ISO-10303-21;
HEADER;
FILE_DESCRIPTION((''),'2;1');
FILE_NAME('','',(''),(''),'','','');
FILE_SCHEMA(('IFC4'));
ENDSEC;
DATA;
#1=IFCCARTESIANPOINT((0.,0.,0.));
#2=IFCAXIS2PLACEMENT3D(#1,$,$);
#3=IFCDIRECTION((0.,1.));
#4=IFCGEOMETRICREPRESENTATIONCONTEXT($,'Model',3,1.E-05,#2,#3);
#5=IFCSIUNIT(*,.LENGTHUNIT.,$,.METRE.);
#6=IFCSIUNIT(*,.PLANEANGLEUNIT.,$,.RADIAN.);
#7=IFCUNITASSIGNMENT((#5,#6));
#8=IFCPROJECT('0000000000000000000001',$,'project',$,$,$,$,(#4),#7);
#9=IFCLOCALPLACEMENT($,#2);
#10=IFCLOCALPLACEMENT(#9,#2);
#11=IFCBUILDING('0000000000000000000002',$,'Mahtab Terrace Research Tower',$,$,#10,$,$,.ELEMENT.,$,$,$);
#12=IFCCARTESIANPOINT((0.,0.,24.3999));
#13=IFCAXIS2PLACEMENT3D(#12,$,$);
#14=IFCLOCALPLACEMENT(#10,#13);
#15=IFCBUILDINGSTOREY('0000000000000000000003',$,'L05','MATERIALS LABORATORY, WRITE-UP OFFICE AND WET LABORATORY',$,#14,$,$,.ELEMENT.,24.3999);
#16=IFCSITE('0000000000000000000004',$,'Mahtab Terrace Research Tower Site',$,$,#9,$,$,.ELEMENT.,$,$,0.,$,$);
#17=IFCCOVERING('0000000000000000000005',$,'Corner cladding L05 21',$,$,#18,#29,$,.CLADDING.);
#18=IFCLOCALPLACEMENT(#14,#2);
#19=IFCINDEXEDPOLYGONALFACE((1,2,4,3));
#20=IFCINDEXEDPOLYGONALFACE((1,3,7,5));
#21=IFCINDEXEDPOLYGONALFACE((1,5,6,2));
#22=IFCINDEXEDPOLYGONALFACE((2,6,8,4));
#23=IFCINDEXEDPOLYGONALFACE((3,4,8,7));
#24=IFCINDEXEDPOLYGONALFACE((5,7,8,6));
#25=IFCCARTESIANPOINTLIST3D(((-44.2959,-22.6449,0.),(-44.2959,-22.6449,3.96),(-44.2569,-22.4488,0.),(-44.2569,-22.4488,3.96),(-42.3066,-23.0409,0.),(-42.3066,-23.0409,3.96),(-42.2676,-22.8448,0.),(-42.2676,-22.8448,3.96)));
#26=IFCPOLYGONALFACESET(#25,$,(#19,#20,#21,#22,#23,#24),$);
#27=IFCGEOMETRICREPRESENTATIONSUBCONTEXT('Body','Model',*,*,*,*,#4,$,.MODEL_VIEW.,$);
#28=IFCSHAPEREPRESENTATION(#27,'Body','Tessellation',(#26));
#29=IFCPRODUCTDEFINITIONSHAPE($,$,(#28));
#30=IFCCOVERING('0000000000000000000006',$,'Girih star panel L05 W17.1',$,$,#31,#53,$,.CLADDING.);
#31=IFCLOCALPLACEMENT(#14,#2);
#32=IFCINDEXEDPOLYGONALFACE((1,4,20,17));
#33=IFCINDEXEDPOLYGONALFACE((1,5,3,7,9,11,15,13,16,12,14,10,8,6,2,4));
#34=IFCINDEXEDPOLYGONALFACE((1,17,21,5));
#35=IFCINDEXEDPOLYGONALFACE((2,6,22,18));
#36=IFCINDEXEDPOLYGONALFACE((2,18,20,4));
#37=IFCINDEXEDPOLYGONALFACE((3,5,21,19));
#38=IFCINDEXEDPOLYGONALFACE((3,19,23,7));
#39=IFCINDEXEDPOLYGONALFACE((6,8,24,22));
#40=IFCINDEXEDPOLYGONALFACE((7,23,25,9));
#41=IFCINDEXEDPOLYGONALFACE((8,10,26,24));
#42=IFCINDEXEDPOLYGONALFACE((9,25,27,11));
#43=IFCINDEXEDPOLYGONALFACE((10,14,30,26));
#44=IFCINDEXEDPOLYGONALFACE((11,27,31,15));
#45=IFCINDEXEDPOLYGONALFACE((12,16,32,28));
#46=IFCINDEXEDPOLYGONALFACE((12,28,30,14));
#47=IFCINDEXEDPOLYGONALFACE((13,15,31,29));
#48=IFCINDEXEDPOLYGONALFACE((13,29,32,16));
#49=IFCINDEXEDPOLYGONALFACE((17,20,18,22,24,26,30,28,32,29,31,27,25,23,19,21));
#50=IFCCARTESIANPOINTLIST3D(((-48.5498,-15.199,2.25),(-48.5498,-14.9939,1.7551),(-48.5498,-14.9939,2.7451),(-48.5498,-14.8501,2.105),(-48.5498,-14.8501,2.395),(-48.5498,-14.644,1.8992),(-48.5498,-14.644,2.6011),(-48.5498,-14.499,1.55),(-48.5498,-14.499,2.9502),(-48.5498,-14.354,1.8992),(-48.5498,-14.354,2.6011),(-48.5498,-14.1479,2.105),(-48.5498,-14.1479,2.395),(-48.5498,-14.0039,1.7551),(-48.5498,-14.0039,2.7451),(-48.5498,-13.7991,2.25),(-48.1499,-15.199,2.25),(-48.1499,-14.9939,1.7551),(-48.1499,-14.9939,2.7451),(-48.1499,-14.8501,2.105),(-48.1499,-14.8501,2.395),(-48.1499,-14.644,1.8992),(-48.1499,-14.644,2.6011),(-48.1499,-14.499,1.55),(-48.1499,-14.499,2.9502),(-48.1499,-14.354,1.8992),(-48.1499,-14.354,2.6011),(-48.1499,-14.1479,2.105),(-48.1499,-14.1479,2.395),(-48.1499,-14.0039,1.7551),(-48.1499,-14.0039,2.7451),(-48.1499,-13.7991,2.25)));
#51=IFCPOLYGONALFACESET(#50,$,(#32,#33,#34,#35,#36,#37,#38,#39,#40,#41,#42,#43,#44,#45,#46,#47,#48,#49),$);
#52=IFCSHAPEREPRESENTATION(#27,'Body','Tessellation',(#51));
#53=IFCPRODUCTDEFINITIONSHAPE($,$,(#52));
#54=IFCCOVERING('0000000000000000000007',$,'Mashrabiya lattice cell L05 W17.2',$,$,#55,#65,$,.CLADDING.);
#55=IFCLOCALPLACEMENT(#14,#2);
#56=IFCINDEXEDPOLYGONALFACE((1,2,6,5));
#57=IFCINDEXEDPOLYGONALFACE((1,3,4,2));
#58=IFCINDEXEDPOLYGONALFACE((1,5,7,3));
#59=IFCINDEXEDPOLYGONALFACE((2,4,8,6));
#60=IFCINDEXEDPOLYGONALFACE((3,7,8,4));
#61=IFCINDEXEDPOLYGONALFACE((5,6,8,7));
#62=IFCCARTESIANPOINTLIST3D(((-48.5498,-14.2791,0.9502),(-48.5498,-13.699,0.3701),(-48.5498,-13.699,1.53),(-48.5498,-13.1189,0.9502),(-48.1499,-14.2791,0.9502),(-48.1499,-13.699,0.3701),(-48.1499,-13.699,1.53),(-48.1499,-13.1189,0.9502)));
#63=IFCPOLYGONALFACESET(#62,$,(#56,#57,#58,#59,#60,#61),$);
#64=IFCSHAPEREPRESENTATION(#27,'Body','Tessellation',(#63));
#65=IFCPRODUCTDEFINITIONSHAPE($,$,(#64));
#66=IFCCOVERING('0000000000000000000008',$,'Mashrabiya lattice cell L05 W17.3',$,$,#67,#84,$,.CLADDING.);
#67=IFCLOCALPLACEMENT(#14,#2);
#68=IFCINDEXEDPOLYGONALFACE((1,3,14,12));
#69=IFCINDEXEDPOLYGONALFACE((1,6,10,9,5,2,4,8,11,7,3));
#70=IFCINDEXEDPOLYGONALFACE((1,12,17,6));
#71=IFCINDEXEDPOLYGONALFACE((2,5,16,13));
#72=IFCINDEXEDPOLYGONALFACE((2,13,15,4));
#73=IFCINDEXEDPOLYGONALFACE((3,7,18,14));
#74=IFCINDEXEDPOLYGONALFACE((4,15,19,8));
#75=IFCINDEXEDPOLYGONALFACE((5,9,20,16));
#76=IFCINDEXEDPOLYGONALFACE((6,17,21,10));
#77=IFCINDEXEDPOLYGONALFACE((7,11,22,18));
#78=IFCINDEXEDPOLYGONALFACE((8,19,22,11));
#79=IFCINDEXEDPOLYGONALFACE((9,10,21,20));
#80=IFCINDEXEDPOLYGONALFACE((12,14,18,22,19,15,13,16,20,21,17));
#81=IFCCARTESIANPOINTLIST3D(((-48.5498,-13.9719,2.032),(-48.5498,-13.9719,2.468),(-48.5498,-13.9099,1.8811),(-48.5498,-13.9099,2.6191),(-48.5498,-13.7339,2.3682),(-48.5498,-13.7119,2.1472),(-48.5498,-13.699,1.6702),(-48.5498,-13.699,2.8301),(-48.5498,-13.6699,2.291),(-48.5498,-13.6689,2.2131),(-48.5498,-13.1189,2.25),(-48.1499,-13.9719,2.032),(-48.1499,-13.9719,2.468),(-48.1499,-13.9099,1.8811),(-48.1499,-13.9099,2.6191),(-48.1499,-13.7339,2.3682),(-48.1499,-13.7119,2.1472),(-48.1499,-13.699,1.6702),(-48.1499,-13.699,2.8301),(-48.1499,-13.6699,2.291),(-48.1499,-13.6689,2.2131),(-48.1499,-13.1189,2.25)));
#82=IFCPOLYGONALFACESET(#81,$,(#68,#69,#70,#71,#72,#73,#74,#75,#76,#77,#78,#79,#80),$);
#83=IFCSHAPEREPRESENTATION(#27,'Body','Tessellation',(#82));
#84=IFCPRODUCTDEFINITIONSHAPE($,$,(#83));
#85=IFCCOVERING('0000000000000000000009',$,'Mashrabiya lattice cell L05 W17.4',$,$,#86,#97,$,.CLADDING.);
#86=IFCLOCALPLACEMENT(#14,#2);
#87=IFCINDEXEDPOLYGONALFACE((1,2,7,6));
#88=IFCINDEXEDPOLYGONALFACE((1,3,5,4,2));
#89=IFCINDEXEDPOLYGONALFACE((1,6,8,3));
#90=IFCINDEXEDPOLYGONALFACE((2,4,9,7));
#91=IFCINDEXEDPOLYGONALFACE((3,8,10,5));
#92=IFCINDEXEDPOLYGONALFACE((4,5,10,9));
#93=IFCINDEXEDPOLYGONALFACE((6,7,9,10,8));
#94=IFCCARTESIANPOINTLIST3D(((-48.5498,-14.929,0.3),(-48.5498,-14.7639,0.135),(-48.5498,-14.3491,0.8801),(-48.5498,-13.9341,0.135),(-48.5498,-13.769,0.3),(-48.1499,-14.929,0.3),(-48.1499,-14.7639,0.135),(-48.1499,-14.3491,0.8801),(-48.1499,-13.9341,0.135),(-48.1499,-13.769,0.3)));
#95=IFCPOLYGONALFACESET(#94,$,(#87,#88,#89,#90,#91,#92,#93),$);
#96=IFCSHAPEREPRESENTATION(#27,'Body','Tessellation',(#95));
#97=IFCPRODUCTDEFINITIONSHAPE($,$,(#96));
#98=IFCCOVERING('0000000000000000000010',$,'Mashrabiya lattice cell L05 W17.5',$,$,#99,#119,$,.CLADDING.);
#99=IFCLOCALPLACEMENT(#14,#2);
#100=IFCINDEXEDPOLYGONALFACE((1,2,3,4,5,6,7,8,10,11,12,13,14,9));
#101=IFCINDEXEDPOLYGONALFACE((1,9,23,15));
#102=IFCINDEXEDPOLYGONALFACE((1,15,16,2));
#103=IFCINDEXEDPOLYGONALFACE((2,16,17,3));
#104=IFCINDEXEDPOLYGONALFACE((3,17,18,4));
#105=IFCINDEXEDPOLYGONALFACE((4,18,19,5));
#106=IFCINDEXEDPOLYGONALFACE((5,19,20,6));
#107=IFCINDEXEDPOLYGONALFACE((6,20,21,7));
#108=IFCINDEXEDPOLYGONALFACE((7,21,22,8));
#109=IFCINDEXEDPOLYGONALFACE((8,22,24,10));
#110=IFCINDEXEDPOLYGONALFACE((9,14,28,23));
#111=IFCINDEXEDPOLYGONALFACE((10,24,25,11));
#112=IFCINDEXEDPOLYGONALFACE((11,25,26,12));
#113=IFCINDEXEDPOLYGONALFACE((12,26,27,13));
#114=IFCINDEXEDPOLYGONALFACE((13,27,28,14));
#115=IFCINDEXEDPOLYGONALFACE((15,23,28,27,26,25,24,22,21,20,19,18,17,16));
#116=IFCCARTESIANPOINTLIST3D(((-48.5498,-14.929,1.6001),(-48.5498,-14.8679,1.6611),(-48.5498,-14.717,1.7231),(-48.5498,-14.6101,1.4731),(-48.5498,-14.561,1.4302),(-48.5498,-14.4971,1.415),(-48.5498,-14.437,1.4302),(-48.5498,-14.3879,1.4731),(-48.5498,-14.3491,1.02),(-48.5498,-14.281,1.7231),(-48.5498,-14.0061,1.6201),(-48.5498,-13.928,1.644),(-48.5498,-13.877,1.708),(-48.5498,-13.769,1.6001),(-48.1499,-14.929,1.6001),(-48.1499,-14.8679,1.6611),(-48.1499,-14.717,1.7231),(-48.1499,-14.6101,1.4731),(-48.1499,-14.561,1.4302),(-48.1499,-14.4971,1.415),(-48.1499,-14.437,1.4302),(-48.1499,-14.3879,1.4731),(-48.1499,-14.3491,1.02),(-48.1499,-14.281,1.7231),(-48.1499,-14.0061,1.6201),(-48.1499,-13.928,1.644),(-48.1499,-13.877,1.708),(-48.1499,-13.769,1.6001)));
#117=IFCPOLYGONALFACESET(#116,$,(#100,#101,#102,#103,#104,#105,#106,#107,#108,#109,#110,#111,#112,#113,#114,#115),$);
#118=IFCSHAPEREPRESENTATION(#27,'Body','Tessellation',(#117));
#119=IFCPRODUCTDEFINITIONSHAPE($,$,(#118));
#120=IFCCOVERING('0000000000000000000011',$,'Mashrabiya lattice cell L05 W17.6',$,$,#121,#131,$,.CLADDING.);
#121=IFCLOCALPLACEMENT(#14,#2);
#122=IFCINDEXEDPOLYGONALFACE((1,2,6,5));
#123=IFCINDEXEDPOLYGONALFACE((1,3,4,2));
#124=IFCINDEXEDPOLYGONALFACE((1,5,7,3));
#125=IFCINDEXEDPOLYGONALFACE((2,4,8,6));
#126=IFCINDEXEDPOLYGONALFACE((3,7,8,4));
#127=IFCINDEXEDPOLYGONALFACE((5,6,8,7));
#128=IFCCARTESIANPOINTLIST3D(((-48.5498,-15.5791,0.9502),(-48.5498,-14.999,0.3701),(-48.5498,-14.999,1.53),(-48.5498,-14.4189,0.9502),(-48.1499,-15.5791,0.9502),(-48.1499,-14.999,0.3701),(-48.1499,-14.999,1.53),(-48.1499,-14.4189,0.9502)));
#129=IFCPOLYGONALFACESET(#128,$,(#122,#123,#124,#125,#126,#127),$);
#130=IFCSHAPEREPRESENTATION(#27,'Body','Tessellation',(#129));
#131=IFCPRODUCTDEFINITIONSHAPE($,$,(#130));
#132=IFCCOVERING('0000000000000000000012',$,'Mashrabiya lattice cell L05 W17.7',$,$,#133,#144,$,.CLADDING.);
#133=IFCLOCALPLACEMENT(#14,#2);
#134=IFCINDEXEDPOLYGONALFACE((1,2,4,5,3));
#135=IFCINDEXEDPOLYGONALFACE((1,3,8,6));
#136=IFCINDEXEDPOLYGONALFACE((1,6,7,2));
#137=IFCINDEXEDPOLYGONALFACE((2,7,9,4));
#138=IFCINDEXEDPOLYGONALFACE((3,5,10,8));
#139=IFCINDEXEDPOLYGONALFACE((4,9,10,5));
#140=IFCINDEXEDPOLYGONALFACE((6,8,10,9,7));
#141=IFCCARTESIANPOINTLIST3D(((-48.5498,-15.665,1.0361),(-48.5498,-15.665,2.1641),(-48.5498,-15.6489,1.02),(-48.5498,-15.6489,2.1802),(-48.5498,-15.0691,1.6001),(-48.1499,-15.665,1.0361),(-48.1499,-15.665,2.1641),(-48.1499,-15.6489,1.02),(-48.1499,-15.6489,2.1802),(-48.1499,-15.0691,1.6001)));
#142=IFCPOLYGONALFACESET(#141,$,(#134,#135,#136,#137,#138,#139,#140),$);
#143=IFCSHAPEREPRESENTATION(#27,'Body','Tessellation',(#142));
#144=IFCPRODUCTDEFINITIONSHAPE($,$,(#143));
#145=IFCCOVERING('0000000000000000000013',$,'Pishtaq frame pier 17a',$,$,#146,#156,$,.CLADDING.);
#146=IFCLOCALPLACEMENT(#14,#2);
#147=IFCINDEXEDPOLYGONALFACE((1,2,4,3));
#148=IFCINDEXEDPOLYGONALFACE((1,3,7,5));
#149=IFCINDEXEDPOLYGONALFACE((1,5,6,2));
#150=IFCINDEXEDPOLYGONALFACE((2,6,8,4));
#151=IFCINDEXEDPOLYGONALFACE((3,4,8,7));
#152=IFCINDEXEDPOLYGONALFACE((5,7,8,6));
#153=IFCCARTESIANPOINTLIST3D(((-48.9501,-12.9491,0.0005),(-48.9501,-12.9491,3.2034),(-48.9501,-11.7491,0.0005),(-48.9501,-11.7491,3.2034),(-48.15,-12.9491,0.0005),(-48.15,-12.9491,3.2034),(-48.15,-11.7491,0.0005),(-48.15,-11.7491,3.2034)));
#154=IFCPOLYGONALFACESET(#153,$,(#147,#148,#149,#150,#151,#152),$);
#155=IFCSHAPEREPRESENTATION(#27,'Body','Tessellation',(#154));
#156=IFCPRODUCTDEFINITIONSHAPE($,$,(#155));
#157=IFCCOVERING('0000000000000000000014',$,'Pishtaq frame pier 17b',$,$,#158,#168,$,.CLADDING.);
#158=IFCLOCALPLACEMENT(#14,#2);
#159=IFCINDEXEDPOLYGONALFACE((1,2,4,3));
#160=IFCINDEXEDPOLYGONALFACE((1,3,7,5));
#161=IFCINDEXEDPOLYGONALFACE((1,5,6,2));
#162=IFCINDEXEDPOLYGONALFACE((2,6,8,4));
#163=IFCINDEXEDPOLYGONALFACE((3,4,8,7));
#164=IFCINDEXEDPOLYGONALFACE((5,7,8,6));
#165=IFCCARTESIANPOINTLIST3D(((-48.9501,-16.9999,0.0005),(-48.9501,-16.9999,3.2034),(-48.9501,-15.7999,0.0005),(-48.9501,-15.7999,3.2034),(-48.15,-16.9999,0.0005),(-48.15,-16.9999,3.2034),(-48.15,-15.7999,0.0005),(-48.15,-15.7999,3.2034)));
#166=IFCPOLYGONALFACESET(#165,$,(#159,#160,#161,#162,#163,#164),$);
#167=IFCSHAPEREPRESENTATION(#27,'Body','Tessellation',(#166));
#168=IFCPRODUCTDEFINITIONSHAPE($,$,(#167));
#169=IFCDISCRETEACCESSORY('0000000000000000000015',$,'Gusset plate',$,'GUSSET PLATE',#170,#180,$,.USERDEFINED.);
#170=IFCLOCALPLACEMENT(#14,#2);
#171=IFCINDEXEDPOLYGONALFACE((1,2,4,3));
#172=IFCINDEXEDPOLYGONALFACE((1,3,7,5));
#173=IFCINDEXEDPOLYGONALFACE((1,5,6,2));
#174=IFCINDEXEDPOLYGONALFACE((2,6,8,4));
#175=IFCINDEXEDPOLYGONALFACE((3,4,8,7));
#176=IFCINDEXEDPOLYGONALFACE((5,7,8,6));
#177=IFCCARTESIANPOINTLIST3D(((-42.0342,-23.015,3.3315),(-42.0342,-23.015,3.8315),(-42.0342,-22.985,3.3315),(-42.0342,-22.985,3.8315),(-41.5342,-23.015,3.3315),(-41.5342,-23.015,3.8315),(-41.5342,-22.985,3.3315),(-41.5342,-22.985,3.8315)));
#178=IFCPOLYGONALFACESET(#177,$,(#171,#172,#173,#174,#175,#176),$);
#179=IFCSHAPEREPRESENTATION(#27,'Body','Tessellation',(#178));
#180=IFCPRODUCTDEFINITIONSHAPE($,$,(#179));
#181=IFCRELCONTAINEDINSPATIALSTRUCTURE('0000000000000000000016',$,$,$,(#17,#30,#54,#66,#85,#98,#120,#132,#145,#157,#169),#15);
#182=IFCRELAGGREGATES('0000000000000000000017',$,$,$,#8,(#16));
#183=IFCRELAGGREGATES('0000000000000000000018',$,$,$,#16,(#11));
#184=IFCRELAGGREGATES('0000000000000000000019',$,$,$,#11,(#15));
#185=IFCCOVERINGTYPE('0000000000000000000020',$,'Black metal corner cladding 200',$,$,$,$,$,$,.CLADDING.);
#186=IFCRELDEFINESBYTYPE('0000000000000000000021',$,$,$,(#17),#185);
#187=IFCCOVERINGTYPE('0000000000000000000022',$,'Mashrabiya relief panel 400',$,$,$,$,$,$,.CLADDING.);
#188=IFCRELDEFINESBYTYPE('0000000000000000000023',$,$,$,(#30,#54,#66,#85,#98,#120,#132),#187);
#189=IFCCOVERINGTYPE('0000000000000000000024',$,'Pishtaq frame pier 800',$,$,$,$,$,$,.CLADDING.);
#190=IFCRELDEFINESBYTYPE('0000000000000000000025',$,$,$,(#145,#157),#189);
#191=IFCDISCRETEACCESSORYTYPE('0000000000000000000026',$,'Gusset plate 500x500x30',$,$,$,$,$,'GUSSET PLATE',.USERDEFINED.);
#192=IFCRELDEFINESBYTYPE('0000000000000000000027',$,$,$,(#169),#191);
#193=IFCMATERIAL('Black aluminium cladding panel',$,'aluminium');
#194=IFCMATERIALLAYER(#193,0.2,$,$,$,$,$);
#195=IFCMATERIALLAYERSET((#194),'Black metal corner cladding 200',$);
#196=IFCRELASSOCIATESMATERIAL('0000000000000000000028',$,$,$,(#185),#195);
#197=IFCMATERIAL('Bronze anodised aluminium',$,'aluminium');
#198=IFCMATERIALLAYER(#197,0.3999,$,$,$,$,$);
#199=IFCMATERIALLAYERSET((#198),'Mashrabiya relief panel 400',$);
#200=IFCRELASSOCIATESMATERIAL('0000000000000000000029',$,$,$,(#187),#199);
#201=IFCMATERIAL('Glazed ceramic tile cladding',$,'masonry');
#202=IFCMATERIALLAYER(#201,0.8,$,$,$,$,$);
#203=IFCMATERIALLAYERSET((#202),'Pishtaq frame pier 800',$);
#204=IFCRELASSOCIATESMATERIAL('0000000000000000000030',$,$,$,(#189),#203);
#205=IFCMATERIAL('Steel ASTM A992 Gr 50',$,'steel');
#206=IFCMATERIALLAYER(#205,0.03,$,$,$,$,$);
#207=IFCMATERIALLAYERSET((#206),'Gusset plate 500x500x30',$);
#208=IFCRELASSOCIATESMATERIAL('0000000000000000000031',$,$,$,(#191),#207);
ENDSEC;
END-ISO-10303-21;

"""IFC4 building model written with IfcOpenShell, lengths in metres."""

from ifc_helpers import new_model, si_unit, direction, frame, origin, origin_2d, place, context, subcontext, project, spatial, polyline, rectangle, outline, extrude, material, layer, layer_set, type_object, element, save


model = new_model("IFC4")

# Units and contexts
model_context = context("Model", 3, precision=1e-05, world=origin(), true_north=direction((0.0, 1.0)))
body_context = subcontext(model_context, "Body", "Model", "MODEL_VIEW")
ifc_project = project(units=[si_unit("LENGTHUNIT", "METRE"), si_unit("PLANEANGLEUNIT", "RADIAN")], contexts=[model_context])

# Site, building, storey
site_placement = place(None, origin())
site = spatial("IfcSite", under=ifc_project, at=site_placement, Name="Mahtab Terrace Research Tower Site", CompositionType="ELEMENT", RefElevation=0.0)
building_placement = place(site_placement, origin())
building = spatial("IfcBuilding", under=site, at=building_placement, Name="Mahtab Terrace Research Tower", CompositionType="ELEMENT")
storey_placement = place(building_placement, frame((0.0, 0.0, 24.3999)))
storey = spatial("IfcBuildingStorey", under=building, at=storey_placement, Name="L05", Description="MATERIALS LABORATORY, WRITE-UP OFFICE AND WET LABORATORY", CompositionType="ELEMENT", Elevation=24.3999)

# Shared definitions
ifc_material_1 = material(Name="Steel ASTM A992 Gr 50", Category="steel")

# Shared definitions
ifc_material_2 = material(Name="Black aluminium cladding panel", Category="aluminium")

# Coverings
ifc_layer_1 = layer(ifc_material_2, 0.2)
ifc_layer_set_1 = layer_set([ifc_layer_1], Name="Black metal corner cladding 200")
covering_type_1 = type_object("IfcCoveringType", Name="Black metal corner cladding 200", PredefinedType="CLADDING", material=ifc_layer_set_1)
covering_1_placement = place(storey_placement, frame((-43.2817, -22.7449, 0.0), z_axis=(0.0, 0.0, 1.0), x_axis=(0.980761, -0.195212, 0.0)))
element("IfcCovering", 1, at=covering_1_placement, inside=storey, type_object=covering_type_1, Name="Corner cladding L05 21", PredefinedType="CLADDING", context=body_context, shape_type="SweptSolid", body=[
    extrude(rectangle(XDim=2.0283, YDim=0.2, at=origin_2d()), origin(), (0.0, 0.0, 1.0), 3.96),
])
ifc_material_3 = material(Name="Bronze anodised aluminium", Category="aluminium")
ifc_layer_2 = layer(ifc_material_3, 0.3999)
ifc_layer_set_2 = layer_set([ifc_layer_2], Name="Mashrabiya relief panel 400")
covering_type_2 = type_object("IfcCoveringType", Name="Mashrabiya relief panel 400", PredefinedType="CLADDING", material=ifc_layer_set_2)
covering_2_placement = place(storey_placement, frame((-48.1499, -14.644, 2.6011), z_axis=(1.0, 0.0, 0.0), x_axis=(0.0, -0.924691, 0.380717)))
element("IfcCovering", 2, at=covering_2_placement, inside=storey, type_object=covering_type_2, Name="Girih star panel L05 W17.1", PredefinedType="CLADDING", context=body_context, shape_type="SweptSolid", body=[
    extrude(outline(polyline([(0.0, 0.0), (0.3783, 0.0), (0.1121, 0.269), (0.3795, 0.5359), (0.0017, 0.5372), (0.0014, 0.9154), (-0.2672, 0.649), (-0.5342, 0.9167), (-0.5354, 0.5386), (-0.914, 0.5385), (-0.6476, 0.2699), (-0.915, 0.0029), (-0.5372, 0.0017), (-0.5371, -0.3769), (-0.2682, -0.1104), (-0.0012, -0.378), (0.0, 0.0)])), origin(), (0.0, 0.0, -1.0), 0.3999),
])
covering_3_placement = place(storey_placement, frame((-48.1499, -13.699, 1.53), z_axis=(1.0, 0.0, 0.0), x_axis=(0.0, -0.707256, -0.706958)))
element("IfcCovering", 3, at=covering_3_placement, inside=storey, type_object=covering_type_2, Name="Mashrabiya lattice cell L05 W17.2", PredefinedType="CLADDING", context=body_context, shape_type="SweptSolid", body=[
    extrude(outline(polyline([(0.0, 0.0), (0.8202, 0.0), (0.82, 0.8204), (-0.0003, 0.8202), (0.0, 0.0)])), origin(), (0.0, 0.0, -1.0), 0.3999),
])
covering_4_placement = place(storey_placement, frame((-48.1499, -13.699, 1.6702), z_axis=(1.0, 0.0, 0.0), x_axis=(0.0, 0.707256, 0.706958)))
element("IfcCovering", 4, at=covering_4_placement, inside=storey, type_object=covering_type_2, Name="Mashrabiya lattice cell L05 W17.3", PredefinedType="CLADDING", context=body_context, shape_type="SweptSolid", body=[
    extrude(outline(polyline([(0.0, 0.0), (0.8202, 0.0), (0.82, 0.8204), (0.5217, 0.8203), (0.371, 0.7572), (0.4688, 0.5183), (0.4595, 0.4186), (0.4051, 0.3628), (0.3281, 0.3465), (0.0627, 0.4489), (-0.0001, 0.2983), (0.0, 0.0)])), origin(), (0.0, 0.0, -1.0), 0.3999),
])
covering_5_placement = place(storey_placement, frame((-48.1499, -13.769, 0.3), z_axis=(1.0, 0.0, 0.0), x_axis=(0.0, -0.707107, 0.707107)))
element("IfcCovering", 5, at=covering_5_placement, inside=storey, type_object=covering_type_2, Name="Mashrabiya lattice cell L05 W17.4", PredefinedType="CLADDING", context=body_context, shape_type="SweptSolid", body=[
    extrude(outline(polyline([(0.0, 0.0), (0.8204, 0.0), (0.8202, 0.8202), (0.5868, 0.8202), (0.0, 0.2334), (0.0, 0.0)])), origin(), (0.0, 0.0, -1.0), 0.3999),
])
covering_6_placement = place(storey_placement, frame((-48.1499, -14.929, 1.6001), z_axis=(1.0, 0.0, 0.0), x_axis=(0.0, 0.706958, -0.707256)))
element("IfcCovering", 6, at=covering_6_placement, inside=storey, type_object=covering_type_2, Name="Mashrabiya lattice cell L05 W17.5", PredefinedType="CLADDING", context=body_context, shape_type="SweptSolid", body=[
    extrude(outline(polyline([(0.0, 0.0), (0.8202, 0.0), (0.82, 0.8204), (0.6674, 0.8203), (0.6766, 0.739), (0.6383, 0.6668), (0.371, 0.5453), (0.4723, 0.2929), (0.468, 0.2278), (0.4362, 0.1746), (0.3803, 0.1401), (0.3152, 0.1358), (0.0628, 0.2369), (0.0, 0.0863), (0.0, 0.0)])), origin(), (0.0, 0.0, -1.0), 0.3999),
])
covering_7_placement = place(storey_placement, frame((-48.1499, -14.999, 1.53), z_axis=(1.0, 0.0, 0.0), x_axis=(0.0, -0.707256, -0.706958)))
element("IfcCovering", 7, at=covering_7_placement, inside=storey, type_object=covering_type_2, Name="Mashrabiya lattice cell L05 W17.6", PredefinedType="CLADDING", context=body_context, shape_type="SweptSolid", body=[
    extrude(outline(polyline([(0.0, 0.0), (0.8202, 0.0), (0.82, 0.8204), (-0.0003, 0.8202), (0.0, 0.0)])), origin(), (0.0, 0.0, -1.0), 0.3999),
])
covering_8_placement = place(storey_placement, frame((-48.1499, -15.6489, 1.02), z_axis=(1.0, 0.0, 0.0), x_axis=(0.0, 0.706958, 0.707256)))
element("IfcCovering", 8, at=covering_8_placement, inside=storey, type_object=covering_type_2, Name="Mashrabiya lattice cell L05 W17.7", PredefinedType="CLADDING", context=body_context, shape_type="SweptSolid", body=[
    extrude(outline(polyline([(0.0, 0.0), (0.8202, 0.0), (0.8205, 0.8202), (0.7977, 0.8202), (0.0, 0.0228), (0.0, 0.0)])), origin(), (0.0, 0.0, -1.0), 0.3999),
])
ifc_material_4 = material(Name="Glazed ceramic tile cladding", Category="masonry")
ifc_layer_3 = layer(ifc_material_4, 0.8)
ifc_layer_set_3 = layer_set([ifc_layer_3], Name="Pishtaq frame pier 800")
covering_type_3 = type_object("IfcCoveringType", Name="Pishtaq frame pier 800", PredefinedType="CLADDING", material=ifc_layer_set_3)
for number, where, z_axis, x_axis, name in (
    (9, (-48.55, -12.3491, 0.0005), (0.0, 0.0, 1.0), (0.0, -1.0, 0.0), "Pishtaq frame pier 17a"),
    (10, (-48.55, -16.3999, 0.0005), (0.0, 0.0, 1.0), (0.0, -1.0, 0.0), "Pishtaq frame pier 17b"),
):
    element("IfcCovering", number, at=place(storey_placement, frame(where, z_axis=z_axis, x_axis=x_axis)), inside=storey, type_object=covering_type_3, Name=name, PredefinedType="CLADDING", context=body_context, shape_type="SweptSolid", body=[
        extrude(rectangle(XDim=1.2, YDim=0.8, at=origin_2d()), origin(), (0.0, 0.0, 1.0), 3.2029),
    ])

# Discrete accessory
ifc_layer_4 = layer(ifc_material_1, 0.03)
ifc_layer_set_4 = layer_set([ifc_layer_4], Name="Gusset plate 500x500x30")
discrete_accessory_type = type_object("IfcDiscreteAccessoryType", Name="Gusset plate 500x500x30", ElementType="GUSSET PLATE", PredefinedType="USERDEFINED", material=ifc_layer_set_4)
for number, where, z_axis, x_axis, name in (
    (11, (-41.7842, -23.0, 3.3315), (0.0, 0.0, 1.0), (1.0, 0.0, 0.0), "Gusset plate"),
):
    element("IfcDiscreteAccessory", number, at=place(storey_placement, frame(where, z_axis=z_axis, x_axis=x_axis)), inside=storey, type_object=discrete_accessory_type, Name=name, ObjectType="GUSSET PLATE", PredefinedType="USERDEFINED", context=body_context, shape_type="SweptSolid", body=[
        extrude(rectangle(XDim=0.5, YDim=0.03, at=origin_2d()), origin(), (0.0, 0.0, 1.0), 0.5),
    ])

save(model, "model.ifc")
